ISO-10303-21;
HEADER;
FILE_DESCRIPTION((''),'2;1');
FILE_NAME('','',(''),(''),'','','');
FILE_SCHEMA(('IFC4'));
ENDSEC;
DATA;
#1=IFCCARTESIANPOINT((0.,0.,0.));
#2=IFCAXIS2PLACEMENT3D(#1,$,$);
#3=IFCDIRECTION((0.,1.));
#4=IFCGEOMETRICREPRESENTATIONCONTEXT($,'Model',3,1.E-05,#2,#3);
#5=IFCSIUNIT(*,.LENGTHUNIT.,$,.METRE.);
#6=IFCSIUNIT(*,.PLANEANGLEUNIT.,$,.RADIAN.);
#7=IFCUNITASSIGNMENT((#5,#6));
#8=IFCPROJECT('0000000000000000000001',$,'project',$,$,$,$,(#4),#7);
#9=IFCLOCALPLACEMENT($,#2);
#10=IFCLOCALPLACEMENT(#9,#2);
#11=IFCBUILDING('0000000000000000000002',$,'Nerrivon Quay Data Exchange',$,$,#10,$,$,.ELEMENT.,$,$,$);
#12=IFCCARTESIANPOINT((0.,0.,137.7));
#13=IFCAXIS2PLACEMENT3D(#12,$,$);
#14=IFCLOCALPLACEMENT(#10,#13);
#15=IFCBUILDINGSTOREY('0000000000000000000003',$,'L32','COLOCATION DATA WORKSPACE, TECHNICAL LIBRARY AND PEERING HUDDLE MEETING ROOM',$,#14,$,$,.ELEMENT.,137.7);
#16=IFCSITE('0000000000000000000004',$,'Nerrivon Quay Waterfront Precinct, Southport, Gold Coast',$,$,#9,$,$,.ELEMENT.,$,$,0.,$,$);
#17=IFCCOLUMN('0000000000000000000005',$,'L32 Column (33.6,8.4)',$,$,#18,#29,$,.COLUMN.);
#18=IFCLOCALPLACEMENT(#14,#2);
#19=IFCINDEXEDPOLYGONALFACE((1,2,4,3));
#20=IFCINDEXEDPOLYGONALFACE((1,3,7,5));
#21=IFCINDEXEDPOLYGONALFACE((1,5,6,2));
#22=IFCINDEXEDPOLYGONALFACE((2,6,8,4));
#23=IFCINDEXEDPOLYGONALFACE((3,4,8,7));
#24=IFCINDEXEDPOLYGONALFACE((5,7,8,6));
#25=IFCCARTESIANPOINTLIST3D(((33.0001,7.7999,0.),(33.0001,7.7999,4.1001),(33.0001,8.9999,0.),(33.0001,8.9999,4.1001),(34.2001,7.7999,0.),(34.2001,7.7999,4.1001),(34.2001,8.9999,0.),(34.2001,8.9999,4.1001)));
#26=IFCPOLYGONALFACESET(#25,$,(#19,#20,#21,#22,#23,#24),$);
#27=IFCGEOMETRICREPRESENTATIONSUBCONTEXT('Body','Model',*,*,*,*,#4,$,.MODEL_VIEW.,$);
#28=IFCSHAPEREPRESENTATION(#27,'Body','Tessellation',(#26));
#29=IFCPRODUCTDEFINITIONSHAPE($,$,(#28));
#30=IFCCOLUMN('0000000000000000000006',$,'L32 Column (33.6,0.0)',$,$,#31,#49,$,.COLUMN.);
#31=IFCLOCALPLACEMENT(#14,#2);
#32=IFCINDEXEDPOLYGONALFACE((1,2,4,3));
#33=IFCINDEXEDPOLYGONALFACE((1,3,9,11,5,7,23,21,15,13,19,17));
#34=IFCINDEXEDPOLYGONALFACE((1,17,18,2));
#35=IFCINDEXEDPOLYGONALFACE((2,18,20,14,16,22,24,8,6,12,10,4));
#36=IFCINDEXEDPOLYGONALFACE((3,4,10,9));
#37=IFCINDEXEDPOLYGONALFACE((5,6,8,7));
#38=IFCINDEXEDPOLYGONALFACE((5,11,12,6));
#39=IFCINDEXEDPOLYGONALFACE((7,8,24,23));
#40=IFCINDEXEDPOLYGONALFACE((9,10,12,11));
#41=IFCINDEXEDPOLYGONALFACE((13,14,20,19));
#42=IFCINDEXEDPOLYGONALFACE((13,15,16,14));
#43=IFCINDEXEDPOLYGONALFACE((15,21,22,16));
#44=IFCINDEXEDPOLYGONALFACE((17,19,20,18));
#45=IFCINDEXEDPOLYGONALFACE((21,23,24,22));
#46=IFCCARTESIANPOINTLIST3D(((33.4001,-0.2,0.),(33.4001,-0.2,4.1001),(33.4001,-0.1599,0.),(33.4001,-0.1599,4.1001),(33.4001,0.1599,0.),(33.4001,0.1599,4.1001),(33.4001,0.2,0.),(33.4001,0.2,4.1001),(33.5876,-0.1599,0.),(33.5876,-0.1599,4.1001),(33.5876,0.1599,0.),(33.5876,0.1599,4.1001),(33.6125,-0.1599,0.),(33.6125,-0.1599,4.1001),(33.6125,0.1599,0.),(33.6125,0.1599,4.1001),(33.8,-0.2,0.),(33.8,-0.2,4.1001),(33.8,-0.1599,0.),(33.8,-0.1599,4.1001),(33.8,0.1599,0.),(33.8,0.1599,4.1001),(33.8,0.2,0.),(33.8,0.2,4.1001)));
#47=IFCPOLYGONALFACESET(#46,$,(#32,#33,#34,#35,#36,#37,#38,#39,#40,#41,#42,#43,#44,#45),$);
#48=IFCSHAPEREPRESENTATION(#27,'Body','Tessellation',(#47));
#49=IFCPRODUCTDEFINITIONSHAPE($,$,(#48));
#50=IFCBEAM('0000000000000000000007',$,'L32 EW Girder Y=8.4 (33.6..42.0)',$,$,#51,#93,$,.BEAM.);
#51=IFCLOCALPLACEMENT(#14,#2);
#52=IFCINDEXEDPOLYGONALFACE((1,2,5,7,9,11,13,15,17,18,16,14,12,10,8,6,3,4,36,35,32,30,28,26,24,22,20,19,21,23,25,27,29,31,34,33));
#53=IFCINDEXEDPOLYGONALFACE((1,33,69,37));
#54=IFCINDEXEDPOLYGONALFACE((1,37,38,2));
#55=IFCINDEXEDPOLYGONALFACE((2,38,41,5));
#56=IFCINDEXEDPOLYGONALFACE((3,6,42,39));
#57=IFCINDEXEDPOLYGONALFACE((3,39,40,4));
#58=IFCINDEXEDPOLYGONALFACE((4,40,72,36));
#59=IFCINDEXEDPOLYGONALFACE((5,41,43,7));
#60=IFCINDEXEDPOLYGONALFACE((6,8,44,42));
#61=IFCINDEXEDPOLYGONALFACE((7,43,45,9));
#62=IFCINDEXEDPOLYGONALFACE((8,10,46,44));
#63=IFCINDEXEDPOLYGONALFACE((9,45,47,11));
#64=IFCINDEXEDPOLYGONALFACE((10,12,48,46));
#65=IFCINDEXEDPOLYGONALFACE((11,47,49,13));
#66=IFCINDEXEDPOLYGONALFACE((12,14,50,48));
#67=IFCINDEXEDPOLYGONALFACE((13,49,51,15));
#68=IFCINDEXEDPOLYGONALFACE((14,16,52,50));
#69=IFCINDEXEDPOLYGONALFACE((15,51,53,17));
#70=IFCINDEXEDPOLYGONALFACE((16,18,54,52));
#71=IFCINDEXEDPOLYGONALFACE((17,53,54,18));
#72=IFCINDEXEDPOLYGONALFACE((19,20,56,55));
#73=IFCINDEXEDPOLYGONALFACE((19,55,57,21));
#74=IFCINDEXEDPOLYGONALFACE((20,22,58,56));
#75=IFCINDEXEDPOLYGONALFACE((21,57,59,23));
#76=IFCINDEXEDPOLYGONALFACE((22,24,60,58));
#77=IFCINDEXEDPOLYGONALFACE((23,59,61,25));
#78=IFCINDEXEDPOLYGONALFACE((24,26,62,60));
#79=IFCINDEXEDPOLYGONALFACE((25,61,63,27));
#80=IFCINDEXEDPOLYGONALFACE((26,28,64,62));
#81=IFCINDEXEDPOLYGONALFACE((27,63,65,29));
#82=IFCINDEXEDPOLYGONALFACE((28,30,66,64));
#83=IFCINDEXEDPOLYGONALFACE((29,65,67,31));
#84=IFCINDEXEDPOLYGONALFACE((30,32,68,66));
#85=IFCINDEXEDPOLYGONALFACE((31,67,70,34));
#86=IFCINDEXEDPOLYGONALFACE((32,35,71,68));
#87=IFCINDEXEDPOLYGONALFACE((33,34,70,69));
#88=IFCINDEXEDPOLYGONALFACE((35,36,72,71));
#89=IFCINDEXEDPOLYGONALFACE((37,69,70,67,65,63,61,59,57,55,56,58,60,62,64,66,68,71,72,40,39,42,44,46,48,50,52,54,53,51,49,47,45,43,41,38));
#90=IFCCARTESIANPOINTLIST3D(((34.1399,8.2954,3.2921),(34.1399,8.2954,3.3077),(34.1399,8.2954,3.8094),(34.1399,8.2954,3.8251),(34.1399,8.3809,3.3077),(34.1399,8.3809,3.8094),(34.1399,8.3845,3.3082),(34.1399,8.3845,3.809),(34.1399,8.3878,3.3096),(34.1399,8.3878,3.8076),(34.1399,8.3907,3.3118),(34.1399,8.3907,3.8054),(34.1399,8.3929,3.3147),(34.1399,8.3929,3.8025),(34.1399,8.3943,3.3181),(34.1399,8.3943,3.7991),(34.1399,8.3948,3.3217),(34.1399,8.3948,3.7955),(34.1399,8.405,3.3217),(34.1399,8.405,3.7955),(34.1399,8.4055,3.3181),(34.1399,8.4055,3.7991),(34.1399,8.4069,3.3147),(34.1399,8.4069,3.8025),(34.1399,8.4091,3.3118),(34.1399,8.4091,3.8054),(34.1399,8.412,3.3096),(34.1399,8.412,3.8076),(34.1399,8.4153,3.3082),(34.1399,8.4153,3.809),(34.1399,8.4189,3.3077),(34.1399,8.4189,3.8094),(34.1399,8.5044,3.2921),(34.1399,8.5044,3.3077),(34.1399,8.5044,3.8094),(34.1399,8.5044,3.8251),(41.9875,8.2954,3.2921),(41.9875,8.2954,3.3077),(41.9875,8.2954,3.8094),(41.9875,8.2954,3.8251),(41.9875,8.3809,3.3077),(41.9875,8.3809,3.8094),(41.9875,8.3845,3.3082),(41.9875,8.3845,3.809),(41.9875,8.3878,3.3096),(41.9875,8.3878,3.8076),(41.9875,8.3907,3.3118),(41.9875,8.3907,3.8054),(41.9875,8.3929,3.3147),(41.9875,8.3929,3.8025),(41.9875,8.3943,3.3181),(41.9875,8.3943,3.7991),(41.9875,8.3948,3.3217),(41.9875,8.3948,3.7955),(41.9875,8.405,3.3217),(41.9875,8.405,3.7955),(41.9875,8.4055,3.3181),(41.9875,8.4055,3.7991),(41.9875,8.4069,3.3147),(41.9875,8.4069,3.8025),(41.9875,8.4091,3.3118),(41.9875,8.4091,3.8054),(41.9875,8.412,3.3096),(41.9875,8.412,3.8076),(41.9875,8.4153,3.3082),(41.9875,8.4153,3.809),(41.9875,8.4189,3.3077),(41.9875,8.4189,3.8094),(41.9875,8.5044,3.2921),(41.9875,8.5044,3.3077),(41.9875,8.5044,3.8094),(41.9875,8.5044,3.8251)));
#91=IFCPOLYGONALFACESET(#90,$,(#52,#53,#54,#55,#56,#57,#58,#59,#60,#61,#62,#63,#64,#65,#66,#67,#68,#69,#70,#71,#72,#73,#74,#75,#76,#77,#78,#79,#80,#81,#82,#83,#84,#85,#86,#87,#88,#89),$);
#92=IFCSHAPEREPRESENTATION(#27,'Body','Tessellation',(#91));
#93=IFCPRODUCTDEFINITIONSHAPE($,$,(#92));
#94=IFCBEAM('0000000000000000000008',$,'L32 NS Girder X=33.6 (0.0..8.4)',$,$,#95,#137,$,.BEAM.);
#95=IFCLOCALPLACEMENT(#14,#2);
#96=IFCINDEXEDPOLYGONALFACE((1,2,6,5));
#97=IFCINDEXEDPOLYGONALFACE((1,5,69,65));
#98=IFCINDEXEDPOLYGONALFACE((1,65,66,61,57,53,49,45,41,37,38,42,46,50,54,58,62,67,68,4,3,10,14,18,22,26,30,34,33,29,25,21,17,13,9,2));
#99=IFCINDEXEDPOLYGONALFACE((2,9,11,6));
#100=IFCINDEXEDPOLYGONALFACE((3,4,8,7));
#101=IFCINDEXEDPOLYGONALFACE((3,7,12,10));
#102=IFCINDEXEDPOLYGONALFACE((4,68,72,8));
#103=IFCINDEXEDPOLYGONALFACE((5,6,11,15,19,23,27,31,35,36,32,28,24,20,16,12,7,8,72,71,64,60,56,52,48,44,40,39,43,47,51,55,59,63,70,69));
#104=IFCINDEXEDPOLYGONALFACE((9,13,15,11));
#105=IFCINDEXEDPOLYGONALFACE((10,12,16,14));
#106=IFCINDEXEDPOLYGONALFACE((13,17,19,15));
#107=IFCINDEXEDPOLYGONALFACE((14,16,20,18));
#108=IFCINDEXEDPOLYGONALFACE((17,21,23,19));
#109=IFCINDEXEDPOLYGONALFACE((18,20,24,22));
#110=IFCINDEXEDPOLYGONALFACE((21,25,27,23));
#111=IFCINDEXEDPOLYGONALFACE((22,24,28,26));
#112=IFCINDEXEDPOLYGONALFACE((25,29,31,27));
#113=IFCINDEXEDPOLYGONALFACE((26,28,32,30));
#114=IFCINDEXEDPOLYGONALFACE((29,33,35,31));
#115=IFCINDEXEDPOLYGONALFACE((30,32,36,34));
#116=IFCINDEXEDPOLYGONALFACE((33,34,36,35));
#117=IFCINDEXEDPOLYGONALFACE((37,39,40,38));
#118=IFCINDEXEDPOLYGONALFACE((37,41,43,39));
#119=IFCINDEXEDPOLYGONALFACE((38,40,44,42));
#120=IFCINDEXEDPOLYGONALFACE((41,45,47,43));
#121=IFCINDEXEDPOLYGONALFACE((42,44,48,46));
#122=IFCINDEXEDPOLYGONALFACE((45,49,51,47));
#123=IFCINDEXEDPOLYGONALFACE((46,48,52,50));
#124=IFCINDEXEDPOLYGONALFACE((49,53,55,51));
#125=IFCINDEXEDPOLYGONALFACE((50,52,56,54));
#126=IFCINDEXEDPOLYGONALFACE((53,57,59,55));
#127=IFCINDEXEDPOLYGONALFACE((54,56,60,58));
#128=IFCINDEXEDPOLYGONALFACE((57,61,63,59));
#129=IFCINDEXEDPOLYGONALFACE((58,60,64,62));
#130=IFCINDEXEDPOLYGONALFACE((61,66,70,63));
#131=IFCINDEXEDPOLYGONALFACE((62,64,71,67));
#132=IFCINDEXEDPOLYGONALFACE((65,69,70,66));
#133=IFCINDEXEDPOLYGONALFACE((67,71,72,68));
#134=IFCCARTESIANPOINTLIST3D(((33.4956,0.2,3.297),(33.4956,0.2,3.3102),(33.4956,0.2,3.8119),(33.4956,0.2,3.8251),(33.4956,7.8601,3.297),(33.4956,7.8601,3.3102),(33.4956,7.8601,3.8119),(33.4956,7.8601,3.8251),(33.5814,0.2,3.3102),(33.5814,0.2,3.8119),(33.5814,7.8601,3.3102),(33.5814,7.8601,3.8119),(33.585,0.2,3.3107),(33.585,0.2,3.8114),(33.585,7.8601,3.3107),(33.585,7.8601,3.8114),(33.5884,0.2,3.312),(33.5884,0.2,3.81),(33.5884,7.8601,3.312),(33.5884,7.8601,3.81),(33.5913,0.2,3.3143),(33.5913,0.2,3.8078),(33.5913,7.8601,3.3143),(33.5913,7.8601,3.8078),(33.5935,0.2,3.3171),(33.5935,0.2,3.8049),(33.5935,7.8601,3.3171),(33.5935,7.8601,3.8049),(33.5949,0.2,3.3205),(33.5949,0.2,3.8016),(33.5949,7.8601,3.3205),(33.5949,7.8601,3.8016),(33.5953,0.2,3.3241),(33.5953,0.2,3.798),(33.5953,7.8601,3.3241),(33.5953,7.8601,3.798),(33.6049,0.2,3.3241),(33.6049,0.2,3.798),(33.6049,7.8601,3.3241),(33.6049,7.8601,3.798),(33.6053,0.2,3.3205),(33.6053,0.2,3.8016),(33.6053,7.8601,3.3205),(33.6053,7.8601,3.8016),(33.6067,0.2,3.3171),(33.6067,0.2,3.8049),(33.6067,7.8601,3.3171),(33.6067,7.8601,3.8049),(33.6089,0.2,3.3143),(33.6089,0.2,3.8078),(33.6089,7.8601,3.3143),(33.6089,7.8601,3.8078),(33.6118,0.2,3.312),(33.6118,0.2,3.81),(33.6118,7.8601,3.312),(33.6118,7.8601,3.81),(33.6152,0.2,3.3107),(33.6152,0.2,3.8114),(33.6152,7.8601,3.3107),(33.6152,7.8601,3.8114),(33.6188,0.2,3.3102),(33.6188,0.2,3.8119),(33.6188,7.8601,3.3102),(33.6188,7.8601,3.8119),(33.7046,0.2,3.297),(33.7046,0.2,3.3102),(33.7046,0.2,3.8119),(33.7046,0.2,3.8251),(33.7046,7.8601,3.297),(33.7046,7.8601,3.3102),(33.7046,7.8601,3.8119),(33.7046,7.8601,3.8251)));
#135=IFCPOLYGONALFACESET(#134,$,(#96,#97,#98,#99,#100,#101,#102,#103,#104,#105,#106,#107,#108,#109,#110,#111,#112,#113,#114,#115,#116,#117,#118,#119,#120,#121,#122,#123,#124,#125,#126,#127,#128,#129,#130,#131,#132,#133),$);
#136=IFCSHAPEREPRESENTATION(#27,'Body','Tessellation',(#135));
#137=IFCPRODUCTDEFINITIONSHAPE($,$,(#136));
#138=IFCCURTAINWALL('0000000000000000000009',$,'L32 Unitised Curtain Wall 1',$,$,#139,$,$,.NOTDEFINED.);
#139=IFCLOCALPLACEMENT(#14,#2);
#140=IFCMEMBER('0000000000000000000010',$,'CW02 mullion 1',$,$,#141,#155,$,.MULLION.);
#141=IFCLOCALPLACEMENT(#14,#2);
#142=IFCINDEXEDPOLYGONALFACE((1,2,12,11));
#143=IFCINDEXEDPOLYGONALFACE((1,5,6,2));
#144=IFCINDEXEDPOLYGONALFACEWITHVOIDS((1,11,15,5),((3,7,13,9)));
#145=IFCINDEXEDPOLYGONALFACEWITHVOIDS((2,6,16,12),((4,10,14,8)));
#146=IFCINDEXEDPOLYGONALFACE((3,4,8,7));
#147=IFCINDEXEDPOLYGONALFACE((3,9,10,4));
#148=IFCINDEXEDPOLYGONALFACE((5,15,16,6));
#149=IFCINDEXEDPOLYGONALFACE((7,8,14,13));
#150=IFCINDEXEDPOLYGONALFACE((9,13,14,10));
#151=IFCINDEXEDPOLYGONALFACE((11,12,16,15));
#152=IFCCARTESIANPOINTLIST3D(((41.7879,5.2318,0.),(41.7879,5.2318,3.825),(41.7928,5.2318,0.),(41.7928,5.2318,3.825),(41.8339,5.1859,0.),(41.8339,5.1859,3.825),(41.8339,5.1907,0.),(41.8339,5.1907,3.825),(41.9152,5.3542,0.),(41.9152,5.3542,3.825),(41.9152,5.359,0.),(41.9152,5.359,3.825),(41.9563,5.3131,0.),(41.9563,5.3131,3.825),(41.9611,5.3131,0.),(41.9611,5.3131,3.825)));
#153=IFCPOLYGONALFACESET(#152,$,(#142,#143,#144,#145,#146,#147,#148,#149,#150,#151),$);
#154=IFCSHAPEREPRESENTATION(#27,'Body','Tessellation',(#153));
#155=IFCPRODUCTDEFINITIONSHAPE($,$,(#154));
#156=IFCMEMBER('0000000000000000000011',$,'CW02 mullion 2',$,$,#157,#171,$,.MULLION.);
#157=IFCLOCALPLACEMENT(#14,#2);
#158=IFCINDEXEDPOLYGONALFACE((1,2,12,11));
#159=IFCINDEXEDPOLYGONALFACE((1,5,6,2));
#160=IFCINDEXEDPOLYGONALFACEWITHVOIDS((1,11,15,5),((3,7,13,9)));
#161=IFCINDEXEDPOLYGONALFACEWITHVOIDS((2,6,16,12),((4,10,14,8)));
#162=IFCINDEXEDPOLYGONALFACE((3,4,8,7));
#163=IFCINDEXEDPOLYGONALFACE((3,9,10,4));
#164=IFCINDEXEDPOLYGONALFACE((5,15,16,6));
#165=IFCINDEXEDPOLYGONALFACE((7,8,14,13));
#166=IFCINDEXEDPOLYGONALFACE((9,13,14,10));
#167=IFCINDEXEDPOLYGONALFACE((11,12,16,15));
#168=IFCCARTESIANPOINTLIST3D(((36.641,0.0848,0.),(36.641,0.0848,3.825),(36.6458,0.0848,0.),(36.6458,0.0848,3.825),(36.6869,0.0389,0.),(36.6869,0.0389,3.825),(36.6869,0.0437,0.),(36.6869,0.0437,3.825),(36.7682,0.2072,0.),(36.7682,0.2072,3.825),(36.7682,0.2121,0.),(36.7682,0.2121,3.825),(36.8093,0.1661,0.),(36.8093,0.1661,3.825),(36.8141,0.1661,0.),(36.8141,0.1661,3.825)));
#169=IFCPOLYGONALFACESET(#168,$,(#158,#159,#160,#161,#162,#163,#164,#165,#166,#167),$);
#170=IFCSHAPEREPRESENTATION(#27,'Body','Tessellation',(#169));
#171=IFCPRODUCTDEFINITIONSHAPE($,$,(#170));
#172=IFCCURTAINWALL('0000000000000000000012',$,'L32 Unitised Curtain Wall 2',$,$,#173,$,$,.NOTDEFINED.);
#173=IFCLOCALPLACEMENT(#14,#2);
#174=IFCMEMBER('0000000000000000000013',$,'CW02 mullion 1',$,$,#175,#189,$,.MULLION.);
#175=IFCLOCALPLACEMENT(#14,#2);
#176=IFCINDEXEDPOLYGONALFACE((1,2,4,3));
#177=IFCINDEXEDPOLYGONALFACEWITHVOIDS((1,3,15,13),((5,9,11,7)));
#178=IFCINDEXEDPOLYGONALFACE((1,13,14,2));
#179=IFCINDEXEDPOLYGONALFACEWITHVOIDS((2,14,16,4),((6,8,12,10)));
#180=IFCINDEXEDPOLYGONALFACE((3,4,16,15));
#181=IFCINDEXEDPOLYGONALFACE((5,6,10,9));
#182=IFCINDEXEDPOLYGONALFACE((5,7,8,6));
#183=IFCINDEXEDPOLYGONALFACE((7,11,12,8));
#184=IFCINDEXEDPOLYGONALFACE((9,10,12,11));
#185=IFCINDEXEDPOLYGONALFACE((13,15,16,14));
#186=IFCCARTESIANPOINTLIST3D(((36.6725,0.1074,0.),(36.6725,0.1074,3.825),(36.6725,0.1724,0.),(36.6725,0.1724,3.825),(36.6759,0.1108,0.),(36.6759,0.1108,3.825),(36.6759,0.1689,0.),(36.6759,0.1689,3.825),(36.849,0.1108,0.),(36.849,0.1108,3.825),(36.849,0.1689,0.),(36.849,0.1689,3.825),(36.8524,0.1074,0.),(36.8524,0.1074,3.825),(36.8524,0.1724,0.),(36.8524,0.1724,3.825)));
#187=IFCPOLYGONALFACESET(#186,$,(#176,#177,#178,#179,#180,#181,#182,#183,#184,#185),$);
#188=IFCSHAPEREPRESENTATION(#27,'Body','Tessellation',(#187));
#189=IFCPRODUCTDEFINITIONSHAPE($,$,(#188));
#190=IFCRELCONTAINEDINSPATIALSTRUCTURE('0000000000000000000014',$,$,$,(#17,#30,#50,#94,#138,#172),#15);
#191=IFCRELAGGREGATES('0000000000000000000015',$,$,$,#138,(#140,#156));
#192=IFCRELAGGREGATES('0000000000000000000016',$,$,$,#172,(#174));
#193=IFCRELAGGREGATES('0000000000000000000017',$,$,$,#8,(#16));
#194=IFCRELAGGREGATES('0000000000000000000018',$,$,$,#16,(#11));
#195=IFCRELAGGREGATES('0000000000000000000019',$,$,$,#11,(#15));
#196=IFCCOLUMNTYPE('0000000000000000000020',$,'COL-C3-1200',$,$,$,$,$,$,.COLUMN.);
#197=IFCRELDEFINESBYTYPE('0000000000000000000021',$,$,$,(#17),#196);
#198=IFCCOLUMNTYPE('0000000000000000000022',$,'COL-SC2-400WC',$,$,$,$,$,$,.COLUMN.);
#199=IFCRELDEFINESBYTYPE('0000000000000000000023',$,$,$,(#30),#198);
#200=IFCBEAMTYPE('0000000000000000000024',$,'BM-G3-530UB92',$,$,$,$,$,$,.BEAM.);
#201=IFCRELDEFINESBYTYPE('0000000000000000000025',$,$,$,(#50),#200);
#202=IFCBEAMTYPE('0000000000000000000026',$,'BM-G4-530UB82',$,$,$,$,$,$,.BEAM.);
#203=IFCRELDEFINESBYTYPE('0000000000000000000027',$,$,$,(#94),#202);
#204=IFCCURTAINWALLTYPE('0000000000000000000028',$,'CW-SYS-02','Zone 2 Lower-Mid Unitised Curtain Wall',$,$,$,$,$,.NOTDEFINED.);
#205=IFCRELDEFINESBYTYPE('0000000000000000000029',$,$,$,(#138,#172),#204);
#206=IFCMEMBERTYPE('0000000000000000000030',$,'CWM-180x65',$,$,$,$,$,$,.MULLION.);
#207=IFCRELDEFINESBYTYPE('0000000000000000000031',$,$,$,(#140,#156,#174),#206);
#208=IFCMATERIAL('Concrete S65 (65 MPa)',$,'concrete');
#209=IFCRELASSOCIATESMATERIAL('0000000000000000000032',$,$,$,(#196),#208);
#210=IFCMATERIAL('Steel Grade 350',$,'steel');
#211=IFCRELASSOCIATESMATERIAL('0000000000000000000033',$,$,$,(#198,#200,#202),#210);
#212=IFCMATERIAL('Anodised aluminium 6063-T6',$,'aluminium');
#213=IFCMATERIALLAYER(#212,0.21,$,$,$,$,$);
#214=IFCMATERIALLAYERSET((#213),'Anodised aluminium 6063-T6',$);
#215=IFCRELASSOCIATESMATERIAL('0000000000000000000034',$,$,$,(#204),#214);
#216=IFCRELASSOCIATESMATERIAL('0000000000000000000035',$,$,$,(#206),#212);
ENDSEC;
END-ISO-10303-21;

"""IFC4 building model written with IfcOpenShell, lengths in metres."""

from ifc_helpers import new_model, si_unit, direction, frame, origin, origin_2d, place, context, subcontext, project, spatial, rectangle, hollow_rectangle, i_section, extrude, material, layer, layer_set, material_profile, profile_set, type_object, element, aggregate, save


model = new_model("IFC4")

# Units and contexts
model_context = context("Model", 3, precision=1e-05, world=origin(), true_north=direction((0.0, 1.0)))
body_context = subcontext(model_context, "Body", "Model", "MODEL_VIEW")
ifc_project = project(units=[si_unit("LENGTHUNIT", "METRE"), si_unit("PLANEANGLEUNIT", "RADIAN")], contexts=[model_context])

# Site, building, storey
site_placement = place(None, origin())
site = spatial("IfcSite", under=ifc_project, at=site_placement, Name="Nerrivon Quay Waterfront Precinct, Southport, Gold Coast", CompositionType="ELEMENT", RefElevation=0.0)
building_placement = place(site_placement, origin())
building = spatial("IfcBuilding", under=site, at=building_placement, Name="Nerrivon Quay Data Exchange", CompositionType="ELEMENT")
storey_placement = place(building_placement, frame((0.0, 0.0, 137.7)))
storey = spatial("IfcBuildingStorey", under=building, at=storey_placement, Name="L32", Description="COLOCATION DATA WORKSPACE, TECHNICAL LIBRARY AND PEERING HUDDLE MEETING ROOM", CompositionType="ELEMENT", Elevation=137.7)

# Columns
ifc_material_1 = material(Name="Concrete S65 (65 MPa)", Category="concrete")
ifc_material_profile_1 = material_profile(ifc_material_1, rectangle(XDim=1.2, YDim=1.2, at=origin_2d()), Name="RC-COL-1200x1200")
ifc_profile_set_1 = profile_set([ifc_material_profile_1], Name="Concrete S65 (65 MPa)")
column_type_1 = type_object("IfcColumnType", Name="COL-C3-1200", PredefinedType="COLUMN", material=ifc_profile_set_1)
column_1_placement = place(storey_placement, frame((33.6001, 8.3999, 0.0), z_axis=(0.0, 0.0, 1.0), x_axis=(1.0, 0.0, 0.0)))
element("IfcColumn", 1, at=column_1_placement, inside=storey, type_object=column_type_1, Name="L32 Column (33.6,8.4)", PredefinedType="COLUMN", context=body_context, shape_type="SweptSolid", body=[
    extrude(rectangle(XDim=1.2, YDim=1.2, at=origin_2d()), origin(), (0.0, 0.0, 1.0), 4.1001),
])
ifc_material_2 = material(Name="Steel Grade 350", Category="steel")
ifc_material_profile_2 = material_profile(ifc_material_2, i_section(OverallWidth=0.3999, OverallDepth=0.3999, WebThickness=0.0249, FlangeThickness=0.04, at=origin_2d()), Name="400WC328")
ifc_profile_set_2 = profile_set([ifc_material_profile_2], Name="Steel Grade 350")
column_type_2 = type_object("IfcColumnType", Name="COL-SC2-400WC", PredefinedType="COLUMN", material=ifc_profile_set_2)
column_2_placement = place(storey_placement, frame((33.6001, 0.0, 0.0), z_axis=(0.0, 0.0, 1.0), x_axis=(1.0, 0.0, 0.0)))
element("IfcColumn", 2, at=column_2_placement, inside=storey, type_object=column_type_2, Name="L32 Column (33.6,0.0)", PredefinedType="COLUMN", context=body_context, shape_type="SweptSolid", body=[
    extrude(i_section(OverallWidth=0.3999, OverallDepth=0.3999, WebThickness=0.0249, FlangeThickness=0.04, at=origin_2d()), origin(), (0.0, 0.0, 1.0), 4.1001),
])

# Beams
ifc_material_profile_3 = material_profile(ifc_material_2, i_section(OverallWidth=0.209, OverallDepth=0.533, WebThickness=0.0103, FlangeThickness=0.0156, FilletRadius=0.0139, at=origin_2d()), Name="530UB92.4")
ifc_profile_set_3 = profile_set([ifc_material_profile_3], Name="Steel Grade 350")
beam_type_1 = type_object("IfcBeamType", Name="BM-G3-530UB92", PredefinedType="BEAM", material=ifc_profile_set_3)
beam_1_placement = place(storey_placement, frame((34.1399, 8.3999, 3.5586), z_axis=(1.0, 0.0, 0.0), x_axis=(0.0, 1.0, 0.0)))
element("IfcBeam", 3, at=beam_1_placement, inside=storey, type_object=beam_type_1, Name="L32 EW Girder Y=8.4 (33.6..42.0)", PredefinedType="BEAM", context=body_context, shape_type="SweptSolid", body=[
    extrude(i_section(OverallWidth=0.209, OverallDepth=0.533, WebThickness=0.0103, FlangeThickness=0.0156, FilletRadius=0.0139, at=origin_2d()), origin(), (0.0, 0.0, 1.0), 7.8477),
])
ifc_material_profile_4 = material_profile(ifc_material_2, i_section(OverallWidth=0.209, OverallDepth=0.5281, WebThickness=0.0095, FlangeThickness=0.0132, FilletRadius=0.0139, at=origin_2d()), Name="530UB82.0")
ifc_profile_set_4 = profile_set([ifc_material_profile_4], Name="Steel Grade 350")
beam_type_2 = type_object("IfcBeamType", Name="BM-G4-530UB82", PredefinedType="BEAM", material=ifc_profile_set_4)
beam_2_placement = place(storey_placement, frame((33.6001, 0.2, 3.561), z_axis=(0.0, 1.0, 0.0), x_axis=(-1.0, 0.0, 0.0)))
element("IfcBeam", 4, at=beam_2_placement, inside=storey, type_object=beam_type_2, Name="L32 NS Girder X=33.6 (0.0..8.4)", PredefinedType="BEAM", context=body_context, shape_type="SweptSolid", body=[
    extrude(i_section(OverallWidth=0.209, OverallDepth=0.5281, WebThickness=0.0095, FlangeThickness=0.0132, FilletRadius=0.0139, at=origin_2d()), origin(), (0.0, 0.0, 1.0), 7.6602),
])

# Curtain walls, members
ifc_material_3 = material(Name="Anodised aluminium 6063-T6", Category="aluminium")
ifc_layer_1 = layer(ifc_material_3, 0.21)
ifc_layer_set_1 = layer_set([ifc_layer_1], Name="Anodised aluminium 6063-T6")
curtain_wall_type = type_object("IfcCurtainWallType", Name="CW-SYS-02", Description="Zone 2 Lower-Mid Unitised Curtain Wall", PredefinedType="NOTDEFINED", material=ifc_layer_set_1)
curtain_wall_1_placement = place(storey_placement, origin())
curtain_wall_1 = element("IfcCurtainWall", 5, at=curtain_wall_1_placement, inside=storey, type_object=curtain_wall_type, Name="L32 Unitised Curtain Wall 1", PredefinedType="NOTDEFINED")
ifc_material_profile_5 = material_profile(ifc_material_3, hollow_rectangle(XDim=0.0649, YDim=0.1799, WallThickness=0.0034, at=origin_2d()), Name="ALU-MULL-180x65")
ifc_profile_set_5 = profile_set([ifc_material_profile_5], Name="Anodised aluminium 6063-T6")
member_type_1 = type_object("IfcMemberType", Name="CWM-180x65", PredefinedType="MULLION", material=ifc_profile_set_5)
member_1_placement = place(storey_placement, frame((41.8745, 5.2725, 0.0), z_axis=(0.0, 0.0, 1.0), x_axis=(0.707107, -0.707107, 0.0)))
member_1 = element("IfcMember", 6, at=member_1_placement, type_object=member_type_1, Name="CW02 mullion 1", PredefinedType="MULLION", context=body_context, shape_type="SweptSolid", body=[
    extrude(hollow_rectangle(XDim=0.0649, YDim=0.1799, WallThickness=0.0034, at=origin_2d()), origin(), (0.0, 0.0, 1.0), 3.825),
])
member_2_placement = place(storey_placement, frame((36.7275, 0.1255, 0.0), z_axis=(0.0, 0.0, 1.0), x_axis=(0.707107, -0.707107, 0.0)))
member_2 = element("IfcMember", 7, at=member_2_placement, type_object=member_type_1, Name="CW02 mullion 2", PredefinedType="MULLION", context=body_context, shape_type="SweptSolid", body=[
    extrude(hollow_rectangle(XDim=0.0649, YDim=0.1799, WallThickness=0.0034, at=origin_2d()), origin(), (0.0, 0.0, 1.0), 3.825),
])
curtain_wall_2_placement = place(storey_placement, origin())
curtain_wall_2 = element("IfcCurtainWall", 8, at=curtain_wall_2_placement, inside=storey, type_object=curtain_wall_type, Name="L32 Unitised Curtain Wall 2", PredefinedType="NOTDEFINED")
member_3_placement = place(storey_placement, frame((36.7625, 0.1399, 0.0), z_axis=(0.0, 0.0, 1.0), x_axis=(0.0, -1.0, 0.0)))
member_3 = element("IfcMember", 9, at=member_3_placement, type_object=member_type_1, Name="CW02 mullion 1", PredefinedType="MULLION", context=body_context, shape_type="SweptSolid", body=[
    extrude(hollow_rectangle(XDim=0.0649, YDim=0.1799, WallThickness=0.0034, at=origin_2d()), origin(), (0.0, 0.0, 1.0), 3.825),
])

aggregate(curtain_wall_1, [member_1, member_2])
aggregate(curtain_wall_2, [member_3])

save(model, "model.ifc")
